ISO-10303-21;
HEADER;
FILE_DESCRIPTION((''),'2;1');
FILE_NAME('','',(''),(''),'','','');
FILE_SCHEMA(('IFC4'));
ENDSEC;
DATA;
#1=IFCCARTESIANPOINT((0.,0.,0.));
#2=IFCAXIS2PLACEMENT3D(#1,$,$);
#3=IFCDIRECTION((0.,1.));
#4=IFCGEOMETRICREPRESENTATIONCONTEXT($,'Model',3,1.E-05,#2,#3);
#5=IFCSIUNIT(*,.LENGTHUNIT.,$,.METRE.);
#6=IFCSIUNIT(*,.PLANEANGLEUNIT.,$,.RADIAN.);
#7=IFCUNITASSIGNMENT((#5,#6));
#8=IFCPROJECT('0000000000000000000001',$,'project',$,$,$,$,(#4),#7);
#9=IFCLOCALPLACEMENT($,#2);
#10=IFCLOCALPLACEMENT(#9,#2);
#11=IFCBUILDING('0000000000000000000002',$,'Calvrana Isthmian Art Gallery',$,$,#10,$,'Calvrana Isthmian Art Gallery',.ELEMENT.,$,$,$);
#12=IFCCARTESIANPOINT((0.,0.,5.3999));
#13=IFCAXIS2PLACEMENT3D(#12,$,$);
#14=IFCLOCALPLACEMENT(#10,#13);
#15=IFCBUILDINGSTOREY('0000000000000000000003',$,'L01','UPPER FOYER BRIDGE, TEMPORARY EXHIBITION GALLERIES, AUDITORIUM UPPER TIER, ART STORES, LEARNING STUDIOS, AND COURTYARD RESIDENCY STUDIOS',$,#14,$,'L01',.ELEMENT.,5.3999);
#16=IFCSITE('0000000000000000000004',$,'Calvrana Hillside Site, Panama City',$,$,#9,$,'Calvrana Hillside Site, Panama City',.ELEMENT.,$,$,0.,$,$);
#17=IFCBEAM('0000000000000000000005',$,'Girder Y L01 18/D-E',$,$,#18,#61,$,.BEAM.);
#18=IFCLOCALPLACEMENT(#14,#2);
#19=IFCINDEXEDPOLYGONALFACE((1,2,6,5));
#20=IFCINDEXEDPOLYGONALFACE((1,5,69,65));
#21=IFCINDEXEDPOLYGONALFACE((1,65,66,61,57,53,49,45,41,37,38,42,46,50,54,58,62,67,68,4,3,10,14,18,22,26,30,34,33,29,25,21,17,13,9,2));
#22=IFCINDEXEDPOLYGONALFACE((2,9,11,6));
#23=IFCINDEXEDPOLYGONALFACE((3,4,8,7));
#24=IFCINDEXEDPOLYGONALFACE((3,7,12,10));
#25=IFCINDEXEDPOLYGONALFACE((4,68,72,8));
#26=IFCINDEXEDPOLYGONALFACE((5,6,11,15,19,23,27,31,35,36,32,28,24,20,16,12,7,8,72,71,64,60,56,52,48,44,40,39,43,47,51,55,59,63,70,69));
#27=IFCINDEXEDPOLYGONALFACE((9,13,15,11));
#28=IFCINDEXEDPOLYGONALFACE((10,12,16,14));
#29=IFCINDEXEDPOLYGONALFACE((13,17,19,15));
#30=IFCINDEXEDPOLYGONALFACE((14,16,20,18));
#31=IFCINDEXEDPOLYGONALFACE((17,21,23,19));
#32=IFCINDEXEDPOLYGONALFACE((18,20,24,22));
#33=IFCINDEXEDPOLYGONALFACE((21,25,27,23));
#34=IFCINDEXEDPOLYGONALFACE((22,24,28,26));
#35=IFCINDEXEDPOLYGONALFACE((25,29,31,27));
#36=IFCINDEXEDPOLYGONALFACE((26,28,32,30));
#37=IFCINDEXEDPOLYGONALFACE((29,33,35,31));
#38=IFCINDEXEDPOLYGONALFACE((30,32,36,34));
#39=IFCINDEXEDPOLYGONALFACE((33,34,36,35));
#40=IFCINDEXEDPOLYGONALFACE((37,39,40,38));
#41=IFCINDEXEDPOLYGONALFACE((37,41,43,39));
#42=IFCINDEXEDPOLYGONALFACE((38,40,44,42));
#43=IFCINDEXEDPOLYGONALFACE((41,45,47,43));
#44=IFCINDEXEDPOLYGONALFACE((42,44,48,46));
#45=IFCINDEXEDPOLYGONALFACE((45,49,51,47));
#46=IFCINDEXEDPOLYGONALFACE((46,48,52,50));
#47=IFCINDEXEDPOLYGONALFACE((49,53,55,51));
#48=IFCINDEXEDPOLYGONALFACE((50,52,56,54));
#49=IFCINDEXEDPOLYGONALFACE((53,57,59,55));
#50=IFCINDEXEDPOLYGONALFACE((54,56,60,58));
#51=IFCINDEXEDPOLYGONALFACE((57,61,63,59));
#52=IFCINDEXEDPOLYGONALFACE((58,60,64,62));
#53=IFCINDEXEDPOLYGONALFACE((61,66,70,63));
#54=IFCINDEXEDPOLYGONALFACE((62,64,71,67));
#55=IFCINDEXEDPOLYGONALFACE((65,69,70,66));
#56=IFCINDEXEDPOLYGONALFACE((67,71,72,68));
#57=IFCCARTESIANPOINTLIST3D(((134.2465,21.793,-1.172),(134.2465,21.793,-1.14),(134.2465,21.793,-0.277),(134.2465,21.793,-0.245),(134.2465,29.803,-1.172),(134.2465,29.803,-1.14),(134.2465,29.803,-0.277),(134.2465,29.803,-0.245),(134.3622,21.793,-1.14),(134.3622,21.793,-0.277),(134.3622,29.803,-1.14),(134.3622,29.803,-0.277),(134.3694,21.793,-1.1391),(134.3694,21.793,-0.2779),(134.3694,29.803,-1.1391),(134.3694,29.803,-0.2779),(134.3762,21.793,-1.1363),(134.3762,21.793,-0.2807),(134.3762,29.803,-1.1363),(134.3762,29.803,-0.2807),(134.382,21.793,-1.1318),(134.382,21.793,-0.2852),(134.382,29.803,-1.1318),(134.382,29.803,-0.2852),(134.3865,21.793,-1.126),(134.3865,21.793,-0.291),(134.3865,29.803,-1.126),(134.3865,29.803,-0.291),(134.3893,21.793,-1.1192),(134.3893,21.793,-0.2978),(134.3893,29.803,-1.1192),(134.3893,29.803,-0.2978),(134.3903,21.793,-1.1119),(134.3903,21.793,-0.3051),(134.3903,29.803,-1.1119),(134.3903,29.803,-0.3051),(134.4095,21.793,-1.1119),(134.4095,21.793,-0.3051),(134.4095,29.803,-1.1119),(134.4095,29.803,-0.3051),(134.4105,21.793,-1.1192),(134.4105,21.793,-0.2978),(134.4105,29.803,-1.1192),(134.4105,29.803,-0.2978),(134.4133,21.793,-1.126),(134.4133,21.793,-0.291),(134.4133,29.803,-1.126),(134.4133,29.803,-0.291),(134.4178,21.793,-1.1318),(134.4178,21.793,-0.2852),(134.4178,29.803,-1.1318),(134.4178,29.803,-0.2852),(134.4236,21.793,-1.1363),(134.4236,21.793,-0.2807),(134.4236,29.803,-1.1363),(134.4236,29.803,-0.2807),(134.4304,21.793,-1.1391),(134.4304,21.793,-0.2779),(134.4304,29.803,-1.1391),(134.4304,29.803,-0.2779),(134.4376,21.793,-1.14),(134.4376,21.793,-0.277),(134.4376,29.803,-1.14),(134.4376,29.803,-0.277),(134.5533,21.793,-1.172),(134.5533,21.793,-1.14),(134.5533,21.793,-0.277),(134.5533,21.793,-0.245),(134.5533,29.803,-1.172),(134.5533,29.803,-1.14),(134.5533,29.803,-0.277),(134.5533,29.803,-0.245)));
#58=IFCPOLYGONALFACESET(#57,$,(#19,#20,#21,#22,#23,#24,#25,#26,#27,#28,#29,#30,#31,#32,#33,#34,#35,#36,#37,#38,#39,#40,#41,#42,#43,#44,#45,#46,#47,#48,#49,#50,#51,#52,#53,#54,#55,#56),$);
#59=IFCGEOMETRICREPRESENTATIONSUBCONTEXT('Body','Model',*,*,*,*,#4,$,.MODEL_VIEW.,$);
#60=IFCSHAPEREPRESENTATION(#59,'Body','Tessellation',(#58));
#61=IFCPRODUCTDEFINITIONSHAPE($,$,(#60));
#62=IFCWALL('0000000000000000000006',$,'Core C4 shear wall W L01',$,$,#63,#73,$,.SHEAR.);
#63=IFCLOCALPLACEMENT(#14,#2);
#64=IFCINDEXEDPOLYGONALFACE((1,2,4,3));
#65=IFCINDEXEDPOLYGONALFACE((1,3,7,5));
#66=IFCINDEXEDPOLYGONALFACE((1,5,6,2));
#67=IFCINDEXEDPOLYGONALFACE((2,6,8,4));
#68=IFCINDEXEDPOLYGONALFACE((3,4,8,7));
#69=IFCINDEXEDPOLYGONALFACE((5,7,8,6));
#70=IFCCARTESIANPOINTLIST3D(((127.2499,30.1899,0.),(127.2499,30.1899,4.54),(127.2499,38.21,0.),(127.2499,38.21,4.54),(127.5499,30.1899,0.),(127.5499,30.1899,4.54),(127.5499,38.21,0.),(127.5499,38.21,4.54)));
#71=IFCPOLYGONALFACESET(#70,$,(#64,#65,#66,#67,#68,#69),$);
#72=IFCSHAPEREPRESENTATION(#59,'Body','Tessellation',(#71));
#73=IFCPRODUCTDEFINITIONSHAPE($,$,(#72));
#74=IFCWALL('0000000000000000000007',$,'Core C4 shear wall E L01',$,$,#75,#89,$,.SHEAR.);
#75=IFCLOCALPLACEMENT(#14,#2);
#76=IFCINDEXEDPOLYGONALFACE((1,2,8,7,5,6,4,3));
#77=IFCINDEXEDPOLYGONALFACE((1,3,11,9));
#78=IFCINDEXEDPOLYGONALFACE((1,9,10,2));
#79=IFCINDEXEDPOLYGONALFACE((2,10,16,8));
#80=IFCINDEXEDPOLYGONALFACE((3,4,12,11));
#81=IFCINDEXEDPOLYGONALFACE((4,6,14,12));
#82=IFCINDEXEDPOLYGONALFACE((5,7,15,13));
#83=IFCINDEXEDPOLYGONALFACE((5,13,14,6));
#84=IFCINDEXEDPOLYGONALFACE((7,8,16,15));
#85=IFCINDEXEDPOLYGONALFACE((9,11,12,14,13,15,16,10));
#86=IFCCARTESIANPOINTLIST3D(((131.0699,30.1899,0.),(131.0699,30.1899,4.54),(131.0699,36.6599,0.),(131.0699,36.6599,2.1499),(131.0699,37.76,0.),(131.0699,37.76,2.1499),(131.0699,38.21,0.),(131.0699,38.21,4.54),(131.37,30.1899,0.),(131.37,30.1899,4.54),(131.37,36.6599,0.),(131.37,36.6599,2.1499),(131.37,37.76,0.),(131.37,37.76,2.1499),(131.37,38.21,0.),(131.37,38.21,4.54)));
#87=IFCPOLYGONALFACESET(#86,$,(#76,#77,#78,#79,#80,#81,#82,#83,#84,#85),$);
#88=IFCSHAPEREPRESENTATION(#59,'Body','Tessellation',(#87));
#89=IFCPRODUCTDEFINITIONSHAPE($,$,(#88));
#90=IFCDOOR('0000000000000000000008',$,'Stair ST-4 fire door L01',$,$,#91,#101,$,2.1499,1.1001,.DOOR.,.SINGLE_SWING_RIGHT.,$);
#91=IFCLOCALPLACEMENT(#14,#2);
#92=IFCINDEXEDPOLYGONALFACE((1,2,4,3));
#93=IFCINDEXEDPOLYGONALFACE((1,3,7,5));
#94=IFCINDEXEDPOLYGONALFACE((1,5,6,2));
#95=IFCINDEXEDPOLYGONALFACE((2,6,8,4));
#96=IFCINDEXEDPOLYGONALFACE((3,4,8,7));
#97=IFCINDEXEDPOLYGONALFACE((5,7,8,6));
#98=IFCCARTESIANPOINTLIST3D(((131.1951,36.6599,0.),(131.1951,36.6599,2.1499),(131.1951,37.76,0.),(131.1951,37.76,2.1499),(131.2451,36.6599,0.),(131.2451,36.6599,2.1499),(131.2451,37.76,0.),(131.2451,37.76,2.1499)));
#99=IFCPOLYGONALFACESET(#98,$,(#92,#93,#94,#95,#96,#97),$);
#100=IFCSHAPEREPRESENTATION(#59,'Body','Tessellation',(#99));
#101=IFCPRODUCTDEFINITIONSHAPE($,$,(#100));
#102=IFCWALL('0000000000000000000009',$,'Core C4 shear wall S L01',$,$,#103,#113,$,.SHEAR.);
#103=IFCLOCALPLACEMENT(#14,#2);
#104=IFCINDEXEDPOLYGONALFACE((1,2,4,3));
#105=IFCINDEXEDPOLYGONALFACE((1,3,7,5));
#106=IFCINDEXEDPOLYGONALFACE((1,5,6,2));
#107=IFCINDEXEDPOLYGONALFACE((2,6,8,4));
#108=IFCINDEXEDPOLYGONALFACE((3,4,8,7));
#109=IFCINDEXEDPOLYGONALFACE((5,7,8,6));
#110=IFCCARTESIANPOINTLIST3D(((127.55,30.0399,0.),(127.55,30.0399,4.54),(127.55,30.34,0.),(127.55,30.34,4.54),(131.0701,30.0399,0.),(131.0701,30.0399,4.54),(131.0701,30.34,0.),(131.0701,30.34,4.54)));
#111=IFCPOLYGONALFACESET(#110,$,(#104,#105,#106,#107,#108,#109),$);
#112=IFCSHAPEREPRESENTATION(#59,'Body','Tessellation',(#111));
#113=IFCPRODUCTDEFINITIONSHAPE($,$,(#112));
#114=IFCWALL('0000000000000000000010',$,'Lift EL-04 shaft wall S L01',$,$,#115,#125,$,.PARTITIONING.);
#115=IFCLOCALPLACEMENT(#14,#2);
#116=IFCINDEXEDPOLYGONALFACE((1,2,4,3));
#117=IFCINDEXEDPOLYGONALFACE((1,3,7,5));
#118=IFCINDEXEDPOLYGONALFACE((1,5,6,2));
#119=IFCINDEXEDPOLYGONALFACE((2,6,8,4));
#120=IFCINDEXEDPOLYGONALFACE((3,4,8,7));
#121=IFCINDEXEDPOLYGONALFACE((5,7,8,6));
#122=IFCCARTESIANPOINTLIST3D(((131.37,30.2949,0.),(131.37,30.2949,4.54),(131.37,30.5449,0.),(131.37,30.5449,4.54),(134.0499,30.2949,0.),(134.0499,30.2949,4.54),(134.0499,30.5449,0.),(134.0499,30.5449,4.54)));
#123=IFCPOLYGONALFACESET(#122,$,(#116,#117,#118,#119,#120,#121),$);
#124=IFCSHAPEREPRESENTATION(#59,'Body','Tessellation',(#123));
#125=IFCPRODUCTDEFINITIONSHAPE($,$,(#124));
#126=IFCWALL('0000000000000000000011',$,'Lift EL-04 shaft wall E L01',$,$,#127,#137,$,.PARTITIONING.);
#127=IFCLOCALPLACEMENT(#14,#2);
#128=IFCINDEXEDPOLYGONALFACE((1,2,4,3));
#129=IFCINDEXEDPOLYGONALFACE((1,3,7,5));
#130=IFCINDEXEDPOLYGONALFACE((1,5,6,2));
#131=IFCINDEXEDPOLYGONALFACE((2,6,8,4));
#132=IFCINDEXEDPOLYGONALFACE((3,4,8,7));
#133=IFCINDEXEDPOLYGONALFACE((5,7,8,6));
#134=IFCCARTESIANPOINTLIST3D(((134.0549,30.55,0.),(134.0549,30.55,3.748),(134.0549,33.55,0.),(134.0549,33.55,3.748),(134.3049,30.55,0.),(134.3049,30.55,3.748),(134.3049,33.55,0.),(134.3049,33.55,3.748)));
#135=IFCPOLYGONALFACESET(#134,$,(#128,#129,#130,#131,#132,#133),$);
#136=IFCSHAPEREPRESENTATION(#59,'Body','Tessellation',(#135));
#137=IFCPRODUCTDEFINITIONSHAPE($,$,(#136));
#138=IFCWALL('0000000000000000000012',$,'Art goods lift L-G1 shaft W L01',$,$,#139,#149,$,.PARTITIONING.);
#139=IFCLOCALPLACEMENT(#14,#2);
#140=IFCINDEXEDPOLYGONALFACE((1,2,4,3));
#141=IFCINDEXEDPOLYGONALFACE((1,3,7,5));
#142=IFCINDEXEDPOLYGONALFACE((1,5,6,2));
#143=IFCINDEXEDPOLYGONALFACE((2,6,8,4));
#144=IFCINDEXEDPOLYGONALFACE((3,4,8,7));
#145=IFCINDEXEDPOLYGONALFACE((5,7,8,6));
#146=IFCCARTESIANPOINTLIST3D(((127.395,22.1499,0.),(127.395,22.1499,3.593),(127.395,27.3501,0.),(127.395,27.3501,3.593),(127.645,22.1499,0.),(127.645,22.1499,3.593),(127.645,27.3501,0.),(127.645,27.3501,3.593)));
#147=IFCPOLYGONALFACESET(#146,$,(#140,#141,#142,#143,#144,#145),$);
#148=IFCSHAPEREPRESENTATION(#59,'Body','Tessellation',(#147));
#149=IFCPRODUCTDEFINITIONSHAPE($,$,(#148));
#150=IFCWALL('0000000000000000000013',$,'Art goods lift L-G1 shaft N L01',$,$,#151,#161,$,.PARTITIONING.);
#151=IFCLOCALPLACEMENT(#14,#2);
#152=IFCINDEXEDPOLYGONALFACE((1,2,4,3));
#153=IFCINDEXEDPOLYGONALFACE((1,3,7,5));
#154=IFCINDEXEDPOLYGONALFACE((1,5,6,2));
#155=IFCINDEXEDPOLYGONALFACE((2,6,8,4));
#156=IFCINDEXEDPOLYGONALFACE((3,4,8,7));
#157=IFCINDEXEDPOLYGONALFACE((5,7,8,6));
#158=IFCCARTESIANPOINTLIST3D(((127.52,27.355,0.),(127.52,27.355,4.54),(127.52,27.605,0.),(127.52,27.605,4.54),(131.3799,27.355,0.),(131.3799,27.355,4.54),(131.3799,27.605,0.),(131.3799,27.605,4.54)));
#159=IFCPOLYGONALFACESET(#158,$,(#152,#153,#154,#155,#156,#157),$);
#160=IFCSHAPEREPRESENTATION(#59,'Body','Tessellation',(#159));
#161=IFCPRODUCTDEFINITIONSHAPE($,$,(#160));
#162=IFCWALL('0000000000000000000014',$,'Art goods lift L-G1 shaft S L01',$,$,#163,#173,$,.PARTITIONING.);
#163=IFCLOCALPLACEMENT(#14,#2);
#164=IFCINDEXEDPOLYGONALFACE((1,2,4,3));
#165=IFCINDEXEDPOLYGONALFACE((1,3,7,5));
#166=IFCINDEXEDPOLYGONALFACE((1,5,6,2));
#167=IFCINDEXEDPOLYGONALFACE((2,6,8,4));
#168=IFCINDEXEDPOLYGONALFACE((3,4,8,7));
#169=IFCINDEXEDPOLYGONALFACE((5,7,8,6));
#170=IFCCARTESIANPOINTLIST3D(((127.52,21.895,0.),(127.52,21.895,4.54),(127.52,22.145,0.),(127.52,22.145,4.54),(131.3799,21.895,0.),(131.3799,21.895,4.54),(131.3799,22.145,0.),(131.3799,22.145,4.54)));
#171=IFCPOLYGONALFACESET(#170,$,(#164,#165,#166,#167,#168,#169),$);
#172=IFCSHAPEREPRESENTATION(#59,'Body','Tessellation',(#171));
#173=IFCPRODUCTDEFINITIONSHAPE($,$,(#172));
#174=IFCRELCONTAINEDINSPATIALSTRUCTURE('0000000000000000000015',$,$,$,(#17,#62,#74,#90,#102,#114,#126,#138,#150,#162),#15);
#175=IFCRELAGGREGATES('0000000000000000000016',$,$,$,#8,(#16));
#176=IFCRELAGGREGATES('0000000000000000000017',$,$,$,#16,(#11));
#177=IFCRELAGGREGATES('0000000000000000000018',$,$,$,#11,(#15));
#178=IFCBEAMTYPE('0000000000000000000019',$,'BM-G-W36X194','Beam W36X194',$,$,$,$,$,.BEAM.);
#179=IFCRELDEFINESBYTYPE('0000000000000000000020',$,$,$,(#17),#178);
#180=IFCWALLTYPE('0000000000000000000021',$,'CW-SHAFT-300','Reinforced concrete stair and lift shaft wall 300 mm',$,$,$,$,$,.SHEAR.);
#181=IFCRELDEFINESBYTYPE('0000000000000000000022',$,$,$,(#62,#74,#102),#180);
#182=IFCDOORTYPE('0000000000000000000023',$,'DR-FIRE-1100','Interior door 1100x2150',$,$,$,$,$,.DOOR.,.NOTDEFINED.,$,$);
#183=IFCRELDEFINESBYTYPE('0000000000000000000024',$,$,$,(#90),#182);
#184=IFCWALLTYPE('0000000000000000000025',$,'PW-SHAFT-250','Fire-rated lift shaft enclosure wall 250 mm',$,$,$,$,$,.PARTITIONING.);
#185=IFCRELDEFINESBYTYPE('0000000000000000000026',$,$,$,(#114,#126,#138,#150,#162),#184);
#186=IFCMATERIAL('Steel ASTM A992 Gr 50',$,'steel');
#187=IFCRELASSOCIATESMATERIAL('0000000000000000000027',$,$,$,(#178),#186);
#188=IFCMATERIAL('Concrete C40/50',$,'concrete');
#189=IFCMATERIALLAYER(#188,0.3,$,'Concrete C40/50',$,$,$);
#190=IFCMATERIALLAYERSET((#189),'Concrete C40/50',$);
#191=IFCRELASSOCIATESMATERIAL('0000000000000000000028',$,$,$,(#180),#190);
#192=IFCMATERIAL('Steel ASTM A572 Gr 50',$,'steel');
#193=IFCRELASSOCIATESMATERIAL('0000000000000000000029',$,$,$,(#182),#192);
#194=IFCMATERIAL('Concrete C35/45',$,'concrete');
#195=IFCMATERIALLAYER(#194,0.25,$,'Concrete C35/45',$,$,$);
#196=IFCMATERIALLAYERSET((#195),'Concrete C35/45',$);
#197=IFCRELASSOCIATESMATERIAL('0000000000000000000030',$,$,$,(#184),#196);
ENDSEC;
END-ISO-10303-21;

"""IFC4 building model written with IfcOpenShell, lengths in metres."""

from ifc_helpers import new_model, si_unit, direction, frame, frame_2d, origin, origin_2d, place, context, subcontext, project, spatial, rectangle, i_section, extrude, material, layer, layer_set, material_profile, profile_set, type_object, element, fill, save


model = new_model("IFC4")

# Units and contexts
model_context = context("Model", 3, precision=1e-05, world=origin(), true_north=direction((0.0, 1.0)))
body_context = subcontext(model_context, "Body", "Model", "MODEL_VIEW")
ifc_project = project(units=[si_unit("LENGTHUNIT", "METRE"), si_unit("PLANEANGLEUNIT", "RADIAN")], contexts=[model_context])

# Site, building, storey
site_placement = place(None, origin())
site = spatial("IfcSite", under=ifc_project, at=site_placement, Name="Calvrana Hillside Site, Panama City", LongName="Calvrana Hillside Site, Panama City", CompositionType="ELEMENT", RefElevation=0.0)
building_placement = place(site_placement, origin())
building = spatial("IfcBuilding", under=site, at=building_placement, Name="Calvrana Isthmian Art Gallery", LongName="Calvrana Isthmian Art Gallery", CompositionType="ELEMENT")
storey_placement = place(building_placement, frame((0.0, 0.0, 5.3999)))
storey = spatial("IfcBuildingStorey", under=building, at=storey_placement, Name="L01", Description="UPPER FOYER BRIDGE, TEMPORARY EXHIBITION GALLERIES, AUDITORIUM UPPER TIER, ART STORES, LEARNING STUDIOS, AND COURTYARD RESIDENCY STUDIOS", LongName="L01", CompositionType="ELEMENT", Elevation=5.3999)

# Shared definitions
ifc_material_1 = material(Name="Steel ASTM A992 Gr 50", Category="steel")

# Beam
ifc_material_profile_1 = material_profile(ifc_material_1, i_section(OverallWidth=0.3069, OverallDepth=0.927, WebThickness=0.0193, FlangeThickness=0.032, FilletRadius=0.0281, at=origin_2d()), Name="W36X194")
ifc_profile_set_1 = profile_set([ifc_material_profile_1], Name="Steel ASTM A992 Gr 50")
beam_type_1 = type_object("IfcBeamType", Name="BM-G-W36X194", Description="Beam W36X194", PredefinedType="BEAM", material=ifc_profile_set_1)
beam_1_placement = place(storey_placement, frame((134.3999, 21.793, -0.7085), z_axis=(0.0, 1.0, 0.0), x_axis=(-1.0, 0.0, 0.0)))
element("IfcBeam", 1, at=beam_1_placement, inside=storey, type_object=beam_type_1, Name="Girder Y L01 18/D-E", PredefinedType="BEAM", context=body_context, shape_type="SweptSolid", body=[
    extrude(i_section(OverallWidth=0.3069, OverallDepth=0.927, WebThickness=0.0193, FlangeThickness=0.032, FilletRadius=0.0281, at=origin_2d()), origin(), (0.0, 0.0, 1.0), 8.01),
])

# Wall
ifc_material_2 = material(Name="Concrete C40/50", Category="concrete")
ifc_layer_1 = layer(ifc_material_2, 0.3, Name="Concrete C40/50")
ifc_layer_set_1 = layer_set([ifc_layer_1], Name="Concrete C40/50")
wall_type_1 = type_object("IfcWallType", Name="CW-SHAFT-300", Description="Reinforced concrete stair and lift shaft wall 300 mm", PredefinedType="SHEAR", material=ifc_layer_set_1)
wall_1_placement = place(storey_placement, frame((127.3999, 30.1899, 0.0), z_axis=(0.0, 0.0, 1.0), x_axis=(0.0, 1.0, 0.0)))
element("IfcWall", 2, at=wall_1_placement, inside=storey, type_object=wall_type_1, Name="Core C4 shear wall W L01", PredefinedType="SHEAR", context=body_context, shape_type="SweptSolid", body=[
    extrude(rectangle(XDim=8.02, YDim=0.3, at=frame_2d((4.01, 0.0))), origin(), (0.0, 0.0, 1.0), 4.54),
])

# Wall, opening, door
wall_2_placement = place(storey_placement, frame((131.22, 30.1899, 0.0), z_axis=(0.0, 0.0, 1.0), x_axis=(0.0, 1.0, 0.0)))
wall_2 = element("IfcWall", 3, at=wall_2_placement, inside=storey, type_object=wall_type_1, Name="Core C4 shear wall E L01", PredefinedType="SHEAR", context=body_context, shape_type="SweptSolid", body=[
    extrude(rectangle(XDim=8.02, YDim=0.3, at=frame_2d((4.01, 0.0))), origin(), (0.0, 0.0, 1.0), 4.54),
])
opening_1_placement = place(wall_2_placement, frame((6.47, 0.0, 0.0)))
opening_1 = element("IfcOpeningElement", 4, at=opening_1_placement, cuts=wall_2, PredefinedType="OPENING", context=body_context, shape_type="SweptSolid", body=[
    extrude(rectangle(XDim=1.1001, YDim=2.1499, at=frame_2d((0.55, 1.075))), frame((0.0, 0.1602, 0.0), z_axis=(0.0, -1.0, 0.0), x_axis=(1.0, 0.0, 0.0)), (0.0, 0.0, 1.0), 0.3206),
])
ifc_material_3 = material(Name="Steel ASTM A572 Gr 50", Category="steel")
door_type_1 = type_object("IfcDoorType", Name="DR-FIRE-1100", Description="Interior door 1100x2150", OperationType="NOTDEFINED", PredefinedType="DOOR", material=ifc_material_3)
door_1_placement = place(opening_1_placement, origin())
door_1 = element("IfcDoor", 5, at=door_1_placement, inside=storey, type_object=door_type_1, Name="Stair ST-4 fire door L01", OperationType="SINGLE_SWING_RIGHT", OverallHeight=2.1499, OverallWidth=1.1001, PredefinedType="DOOR", context=body_context, shape_type="SweptSolid", body=[
    extrude(rectangle(XDim=1.1001, YDim=2.1499, at=frame_2d((0.55, 1.075))), frame((0.0, 0.0249, 0.0), z_axis=(0.0, -1.0, 0.0), x_axis=(1.0, 0.0, 0.0)), (0.0, 0.0, 1.0), 0.05),
])
fill(opening_1, door_1)

# Walls
wall_3_placement = place(storey_placement, frame((127.55, 30.1899, 0.0), z_axis=(0.0, 0.0, 1.0), x_axis=(1.0, 0.0, 0.0)))
element("IfcWall", 6, at=wall_3_placement, inside=storey, type_object=wall_type_1, Name="Core C4 shear wall S L01", PredefinedType="SHEAR", context=body_context, shape_type="SweptSolid", body=[
    extrude(rectangle(XDim=3.52, YDim=0.3, at=frame_2d((1.76, 0.0))), origin(), (0.0, 0.0, 1.0), 4.54),
])
ifc_material_4 = material(Name="Concrete C35/45", Category="concrete")
ifc_layer_2 = layer(ifc_material_4, 0.25, Name="Concrete C35/45")
ifc_layer_set_2 = layer_set([ifc_layer_2], Name="Concrete C35/45")
wall_type_2 = type_object("IfcWallType", Name="PW-SHAFT-250", Description="Fire-rated lift shaft enclosure wall 250 mm", PredefinedType="PARTITIONING", material=ifc_layer_set_2)
wall_4_placement = place(storey_placement, frame((131.3701, 30.4199, 0.0), z_axis=(0.0, 0.0, 1.0), x_axis=(1.0, 0.0, 0.0)))
element("IfcWall", 7, at=wall_4_placement, inside=storey, type_object=wall_type_2, Name="Lift EL-04 shaft wall S L01", PredefinedType="PARTITIONING", context=body_context, shape_type="SweptSolid", body=[
    extrude(rectangle(XDim=2.6799, YDim=0.25, at=frame_2d((1.3398, 0.0))), origin(), (0.0, 0.0, 1.0), 4.54),
])
wall_5_placement = place(storey_placement, frame((134.1799, 30.55, 0.0), z_axis=(0.0, 0.0, 1.0), x_axis=(0.0, 1.0, 0.0)))
element("IfcWall", 8, at=wall_5_placement, inside=storey, type_object=wall_type_2, Name="Lift EL-04 shaft wall E L01", PredefinedType="PARTITIONING", context=body_context, shape_type="SweptSolid", body=[
    extrude(rectangle(XDim=3.0, YDim=0.25, at=frame_2d((1.5, 0.0))), origin(), (0.0, 0.0, 1.0), 3.748),
])
wall_6_placement = place(storey_placement, frame((127.52, 22.1499, 0.0), z_axis=(0.0, 0.0, 1.0), x_axis=(0.0, 1.0, 0.0)))
element("IfcWall", 9, at=wall_6_placement, inside=storey, type_object=wall_type_2, Name="Art goods lift L-G1 shaft W L01", PredefinedType="PARTITIONING", context=body_context, shape_type="SweptSolid", body=[
    extrude(rectangle(XDim=5.2002, YDim=0.25, at=frame_2d((2.6001, 0.0))), origin(), (0.0, 0.0, 1.0), 3.593),
])
for number, where, z_axis, x_axis, name in (
    (10, (127.52, 27.48, 0.0), (0.0, 0.0, 1.0), (1.0, 0.0, 0.0), "Art goods lift L-G1 shaft N L01"),
    (11, (127.52, 22.02, 0.0), (0.0, 0.0, 1.0), (1.0, 0.0, 0.0), "Art goods lift L-G1 shaft S L01"),
):
    element("IfcWall", number, at=place(storey_placement, frame(where, z_axis=z_axis, x_axis=x_axis)), inside=storey, type_object=wall_type_2, Name=name, PredefinedType="PARTITIONING", context=body_context, shape_type="SweptSolid", body=[
        extrude(rectangle(XDim=3.8599, YDim=0.25, at=frame_2d((1.9299, 0.0))), origin(), (0.0, 0.0, 1.0), 4.54),
    ])

save(model, "model.ifc")
